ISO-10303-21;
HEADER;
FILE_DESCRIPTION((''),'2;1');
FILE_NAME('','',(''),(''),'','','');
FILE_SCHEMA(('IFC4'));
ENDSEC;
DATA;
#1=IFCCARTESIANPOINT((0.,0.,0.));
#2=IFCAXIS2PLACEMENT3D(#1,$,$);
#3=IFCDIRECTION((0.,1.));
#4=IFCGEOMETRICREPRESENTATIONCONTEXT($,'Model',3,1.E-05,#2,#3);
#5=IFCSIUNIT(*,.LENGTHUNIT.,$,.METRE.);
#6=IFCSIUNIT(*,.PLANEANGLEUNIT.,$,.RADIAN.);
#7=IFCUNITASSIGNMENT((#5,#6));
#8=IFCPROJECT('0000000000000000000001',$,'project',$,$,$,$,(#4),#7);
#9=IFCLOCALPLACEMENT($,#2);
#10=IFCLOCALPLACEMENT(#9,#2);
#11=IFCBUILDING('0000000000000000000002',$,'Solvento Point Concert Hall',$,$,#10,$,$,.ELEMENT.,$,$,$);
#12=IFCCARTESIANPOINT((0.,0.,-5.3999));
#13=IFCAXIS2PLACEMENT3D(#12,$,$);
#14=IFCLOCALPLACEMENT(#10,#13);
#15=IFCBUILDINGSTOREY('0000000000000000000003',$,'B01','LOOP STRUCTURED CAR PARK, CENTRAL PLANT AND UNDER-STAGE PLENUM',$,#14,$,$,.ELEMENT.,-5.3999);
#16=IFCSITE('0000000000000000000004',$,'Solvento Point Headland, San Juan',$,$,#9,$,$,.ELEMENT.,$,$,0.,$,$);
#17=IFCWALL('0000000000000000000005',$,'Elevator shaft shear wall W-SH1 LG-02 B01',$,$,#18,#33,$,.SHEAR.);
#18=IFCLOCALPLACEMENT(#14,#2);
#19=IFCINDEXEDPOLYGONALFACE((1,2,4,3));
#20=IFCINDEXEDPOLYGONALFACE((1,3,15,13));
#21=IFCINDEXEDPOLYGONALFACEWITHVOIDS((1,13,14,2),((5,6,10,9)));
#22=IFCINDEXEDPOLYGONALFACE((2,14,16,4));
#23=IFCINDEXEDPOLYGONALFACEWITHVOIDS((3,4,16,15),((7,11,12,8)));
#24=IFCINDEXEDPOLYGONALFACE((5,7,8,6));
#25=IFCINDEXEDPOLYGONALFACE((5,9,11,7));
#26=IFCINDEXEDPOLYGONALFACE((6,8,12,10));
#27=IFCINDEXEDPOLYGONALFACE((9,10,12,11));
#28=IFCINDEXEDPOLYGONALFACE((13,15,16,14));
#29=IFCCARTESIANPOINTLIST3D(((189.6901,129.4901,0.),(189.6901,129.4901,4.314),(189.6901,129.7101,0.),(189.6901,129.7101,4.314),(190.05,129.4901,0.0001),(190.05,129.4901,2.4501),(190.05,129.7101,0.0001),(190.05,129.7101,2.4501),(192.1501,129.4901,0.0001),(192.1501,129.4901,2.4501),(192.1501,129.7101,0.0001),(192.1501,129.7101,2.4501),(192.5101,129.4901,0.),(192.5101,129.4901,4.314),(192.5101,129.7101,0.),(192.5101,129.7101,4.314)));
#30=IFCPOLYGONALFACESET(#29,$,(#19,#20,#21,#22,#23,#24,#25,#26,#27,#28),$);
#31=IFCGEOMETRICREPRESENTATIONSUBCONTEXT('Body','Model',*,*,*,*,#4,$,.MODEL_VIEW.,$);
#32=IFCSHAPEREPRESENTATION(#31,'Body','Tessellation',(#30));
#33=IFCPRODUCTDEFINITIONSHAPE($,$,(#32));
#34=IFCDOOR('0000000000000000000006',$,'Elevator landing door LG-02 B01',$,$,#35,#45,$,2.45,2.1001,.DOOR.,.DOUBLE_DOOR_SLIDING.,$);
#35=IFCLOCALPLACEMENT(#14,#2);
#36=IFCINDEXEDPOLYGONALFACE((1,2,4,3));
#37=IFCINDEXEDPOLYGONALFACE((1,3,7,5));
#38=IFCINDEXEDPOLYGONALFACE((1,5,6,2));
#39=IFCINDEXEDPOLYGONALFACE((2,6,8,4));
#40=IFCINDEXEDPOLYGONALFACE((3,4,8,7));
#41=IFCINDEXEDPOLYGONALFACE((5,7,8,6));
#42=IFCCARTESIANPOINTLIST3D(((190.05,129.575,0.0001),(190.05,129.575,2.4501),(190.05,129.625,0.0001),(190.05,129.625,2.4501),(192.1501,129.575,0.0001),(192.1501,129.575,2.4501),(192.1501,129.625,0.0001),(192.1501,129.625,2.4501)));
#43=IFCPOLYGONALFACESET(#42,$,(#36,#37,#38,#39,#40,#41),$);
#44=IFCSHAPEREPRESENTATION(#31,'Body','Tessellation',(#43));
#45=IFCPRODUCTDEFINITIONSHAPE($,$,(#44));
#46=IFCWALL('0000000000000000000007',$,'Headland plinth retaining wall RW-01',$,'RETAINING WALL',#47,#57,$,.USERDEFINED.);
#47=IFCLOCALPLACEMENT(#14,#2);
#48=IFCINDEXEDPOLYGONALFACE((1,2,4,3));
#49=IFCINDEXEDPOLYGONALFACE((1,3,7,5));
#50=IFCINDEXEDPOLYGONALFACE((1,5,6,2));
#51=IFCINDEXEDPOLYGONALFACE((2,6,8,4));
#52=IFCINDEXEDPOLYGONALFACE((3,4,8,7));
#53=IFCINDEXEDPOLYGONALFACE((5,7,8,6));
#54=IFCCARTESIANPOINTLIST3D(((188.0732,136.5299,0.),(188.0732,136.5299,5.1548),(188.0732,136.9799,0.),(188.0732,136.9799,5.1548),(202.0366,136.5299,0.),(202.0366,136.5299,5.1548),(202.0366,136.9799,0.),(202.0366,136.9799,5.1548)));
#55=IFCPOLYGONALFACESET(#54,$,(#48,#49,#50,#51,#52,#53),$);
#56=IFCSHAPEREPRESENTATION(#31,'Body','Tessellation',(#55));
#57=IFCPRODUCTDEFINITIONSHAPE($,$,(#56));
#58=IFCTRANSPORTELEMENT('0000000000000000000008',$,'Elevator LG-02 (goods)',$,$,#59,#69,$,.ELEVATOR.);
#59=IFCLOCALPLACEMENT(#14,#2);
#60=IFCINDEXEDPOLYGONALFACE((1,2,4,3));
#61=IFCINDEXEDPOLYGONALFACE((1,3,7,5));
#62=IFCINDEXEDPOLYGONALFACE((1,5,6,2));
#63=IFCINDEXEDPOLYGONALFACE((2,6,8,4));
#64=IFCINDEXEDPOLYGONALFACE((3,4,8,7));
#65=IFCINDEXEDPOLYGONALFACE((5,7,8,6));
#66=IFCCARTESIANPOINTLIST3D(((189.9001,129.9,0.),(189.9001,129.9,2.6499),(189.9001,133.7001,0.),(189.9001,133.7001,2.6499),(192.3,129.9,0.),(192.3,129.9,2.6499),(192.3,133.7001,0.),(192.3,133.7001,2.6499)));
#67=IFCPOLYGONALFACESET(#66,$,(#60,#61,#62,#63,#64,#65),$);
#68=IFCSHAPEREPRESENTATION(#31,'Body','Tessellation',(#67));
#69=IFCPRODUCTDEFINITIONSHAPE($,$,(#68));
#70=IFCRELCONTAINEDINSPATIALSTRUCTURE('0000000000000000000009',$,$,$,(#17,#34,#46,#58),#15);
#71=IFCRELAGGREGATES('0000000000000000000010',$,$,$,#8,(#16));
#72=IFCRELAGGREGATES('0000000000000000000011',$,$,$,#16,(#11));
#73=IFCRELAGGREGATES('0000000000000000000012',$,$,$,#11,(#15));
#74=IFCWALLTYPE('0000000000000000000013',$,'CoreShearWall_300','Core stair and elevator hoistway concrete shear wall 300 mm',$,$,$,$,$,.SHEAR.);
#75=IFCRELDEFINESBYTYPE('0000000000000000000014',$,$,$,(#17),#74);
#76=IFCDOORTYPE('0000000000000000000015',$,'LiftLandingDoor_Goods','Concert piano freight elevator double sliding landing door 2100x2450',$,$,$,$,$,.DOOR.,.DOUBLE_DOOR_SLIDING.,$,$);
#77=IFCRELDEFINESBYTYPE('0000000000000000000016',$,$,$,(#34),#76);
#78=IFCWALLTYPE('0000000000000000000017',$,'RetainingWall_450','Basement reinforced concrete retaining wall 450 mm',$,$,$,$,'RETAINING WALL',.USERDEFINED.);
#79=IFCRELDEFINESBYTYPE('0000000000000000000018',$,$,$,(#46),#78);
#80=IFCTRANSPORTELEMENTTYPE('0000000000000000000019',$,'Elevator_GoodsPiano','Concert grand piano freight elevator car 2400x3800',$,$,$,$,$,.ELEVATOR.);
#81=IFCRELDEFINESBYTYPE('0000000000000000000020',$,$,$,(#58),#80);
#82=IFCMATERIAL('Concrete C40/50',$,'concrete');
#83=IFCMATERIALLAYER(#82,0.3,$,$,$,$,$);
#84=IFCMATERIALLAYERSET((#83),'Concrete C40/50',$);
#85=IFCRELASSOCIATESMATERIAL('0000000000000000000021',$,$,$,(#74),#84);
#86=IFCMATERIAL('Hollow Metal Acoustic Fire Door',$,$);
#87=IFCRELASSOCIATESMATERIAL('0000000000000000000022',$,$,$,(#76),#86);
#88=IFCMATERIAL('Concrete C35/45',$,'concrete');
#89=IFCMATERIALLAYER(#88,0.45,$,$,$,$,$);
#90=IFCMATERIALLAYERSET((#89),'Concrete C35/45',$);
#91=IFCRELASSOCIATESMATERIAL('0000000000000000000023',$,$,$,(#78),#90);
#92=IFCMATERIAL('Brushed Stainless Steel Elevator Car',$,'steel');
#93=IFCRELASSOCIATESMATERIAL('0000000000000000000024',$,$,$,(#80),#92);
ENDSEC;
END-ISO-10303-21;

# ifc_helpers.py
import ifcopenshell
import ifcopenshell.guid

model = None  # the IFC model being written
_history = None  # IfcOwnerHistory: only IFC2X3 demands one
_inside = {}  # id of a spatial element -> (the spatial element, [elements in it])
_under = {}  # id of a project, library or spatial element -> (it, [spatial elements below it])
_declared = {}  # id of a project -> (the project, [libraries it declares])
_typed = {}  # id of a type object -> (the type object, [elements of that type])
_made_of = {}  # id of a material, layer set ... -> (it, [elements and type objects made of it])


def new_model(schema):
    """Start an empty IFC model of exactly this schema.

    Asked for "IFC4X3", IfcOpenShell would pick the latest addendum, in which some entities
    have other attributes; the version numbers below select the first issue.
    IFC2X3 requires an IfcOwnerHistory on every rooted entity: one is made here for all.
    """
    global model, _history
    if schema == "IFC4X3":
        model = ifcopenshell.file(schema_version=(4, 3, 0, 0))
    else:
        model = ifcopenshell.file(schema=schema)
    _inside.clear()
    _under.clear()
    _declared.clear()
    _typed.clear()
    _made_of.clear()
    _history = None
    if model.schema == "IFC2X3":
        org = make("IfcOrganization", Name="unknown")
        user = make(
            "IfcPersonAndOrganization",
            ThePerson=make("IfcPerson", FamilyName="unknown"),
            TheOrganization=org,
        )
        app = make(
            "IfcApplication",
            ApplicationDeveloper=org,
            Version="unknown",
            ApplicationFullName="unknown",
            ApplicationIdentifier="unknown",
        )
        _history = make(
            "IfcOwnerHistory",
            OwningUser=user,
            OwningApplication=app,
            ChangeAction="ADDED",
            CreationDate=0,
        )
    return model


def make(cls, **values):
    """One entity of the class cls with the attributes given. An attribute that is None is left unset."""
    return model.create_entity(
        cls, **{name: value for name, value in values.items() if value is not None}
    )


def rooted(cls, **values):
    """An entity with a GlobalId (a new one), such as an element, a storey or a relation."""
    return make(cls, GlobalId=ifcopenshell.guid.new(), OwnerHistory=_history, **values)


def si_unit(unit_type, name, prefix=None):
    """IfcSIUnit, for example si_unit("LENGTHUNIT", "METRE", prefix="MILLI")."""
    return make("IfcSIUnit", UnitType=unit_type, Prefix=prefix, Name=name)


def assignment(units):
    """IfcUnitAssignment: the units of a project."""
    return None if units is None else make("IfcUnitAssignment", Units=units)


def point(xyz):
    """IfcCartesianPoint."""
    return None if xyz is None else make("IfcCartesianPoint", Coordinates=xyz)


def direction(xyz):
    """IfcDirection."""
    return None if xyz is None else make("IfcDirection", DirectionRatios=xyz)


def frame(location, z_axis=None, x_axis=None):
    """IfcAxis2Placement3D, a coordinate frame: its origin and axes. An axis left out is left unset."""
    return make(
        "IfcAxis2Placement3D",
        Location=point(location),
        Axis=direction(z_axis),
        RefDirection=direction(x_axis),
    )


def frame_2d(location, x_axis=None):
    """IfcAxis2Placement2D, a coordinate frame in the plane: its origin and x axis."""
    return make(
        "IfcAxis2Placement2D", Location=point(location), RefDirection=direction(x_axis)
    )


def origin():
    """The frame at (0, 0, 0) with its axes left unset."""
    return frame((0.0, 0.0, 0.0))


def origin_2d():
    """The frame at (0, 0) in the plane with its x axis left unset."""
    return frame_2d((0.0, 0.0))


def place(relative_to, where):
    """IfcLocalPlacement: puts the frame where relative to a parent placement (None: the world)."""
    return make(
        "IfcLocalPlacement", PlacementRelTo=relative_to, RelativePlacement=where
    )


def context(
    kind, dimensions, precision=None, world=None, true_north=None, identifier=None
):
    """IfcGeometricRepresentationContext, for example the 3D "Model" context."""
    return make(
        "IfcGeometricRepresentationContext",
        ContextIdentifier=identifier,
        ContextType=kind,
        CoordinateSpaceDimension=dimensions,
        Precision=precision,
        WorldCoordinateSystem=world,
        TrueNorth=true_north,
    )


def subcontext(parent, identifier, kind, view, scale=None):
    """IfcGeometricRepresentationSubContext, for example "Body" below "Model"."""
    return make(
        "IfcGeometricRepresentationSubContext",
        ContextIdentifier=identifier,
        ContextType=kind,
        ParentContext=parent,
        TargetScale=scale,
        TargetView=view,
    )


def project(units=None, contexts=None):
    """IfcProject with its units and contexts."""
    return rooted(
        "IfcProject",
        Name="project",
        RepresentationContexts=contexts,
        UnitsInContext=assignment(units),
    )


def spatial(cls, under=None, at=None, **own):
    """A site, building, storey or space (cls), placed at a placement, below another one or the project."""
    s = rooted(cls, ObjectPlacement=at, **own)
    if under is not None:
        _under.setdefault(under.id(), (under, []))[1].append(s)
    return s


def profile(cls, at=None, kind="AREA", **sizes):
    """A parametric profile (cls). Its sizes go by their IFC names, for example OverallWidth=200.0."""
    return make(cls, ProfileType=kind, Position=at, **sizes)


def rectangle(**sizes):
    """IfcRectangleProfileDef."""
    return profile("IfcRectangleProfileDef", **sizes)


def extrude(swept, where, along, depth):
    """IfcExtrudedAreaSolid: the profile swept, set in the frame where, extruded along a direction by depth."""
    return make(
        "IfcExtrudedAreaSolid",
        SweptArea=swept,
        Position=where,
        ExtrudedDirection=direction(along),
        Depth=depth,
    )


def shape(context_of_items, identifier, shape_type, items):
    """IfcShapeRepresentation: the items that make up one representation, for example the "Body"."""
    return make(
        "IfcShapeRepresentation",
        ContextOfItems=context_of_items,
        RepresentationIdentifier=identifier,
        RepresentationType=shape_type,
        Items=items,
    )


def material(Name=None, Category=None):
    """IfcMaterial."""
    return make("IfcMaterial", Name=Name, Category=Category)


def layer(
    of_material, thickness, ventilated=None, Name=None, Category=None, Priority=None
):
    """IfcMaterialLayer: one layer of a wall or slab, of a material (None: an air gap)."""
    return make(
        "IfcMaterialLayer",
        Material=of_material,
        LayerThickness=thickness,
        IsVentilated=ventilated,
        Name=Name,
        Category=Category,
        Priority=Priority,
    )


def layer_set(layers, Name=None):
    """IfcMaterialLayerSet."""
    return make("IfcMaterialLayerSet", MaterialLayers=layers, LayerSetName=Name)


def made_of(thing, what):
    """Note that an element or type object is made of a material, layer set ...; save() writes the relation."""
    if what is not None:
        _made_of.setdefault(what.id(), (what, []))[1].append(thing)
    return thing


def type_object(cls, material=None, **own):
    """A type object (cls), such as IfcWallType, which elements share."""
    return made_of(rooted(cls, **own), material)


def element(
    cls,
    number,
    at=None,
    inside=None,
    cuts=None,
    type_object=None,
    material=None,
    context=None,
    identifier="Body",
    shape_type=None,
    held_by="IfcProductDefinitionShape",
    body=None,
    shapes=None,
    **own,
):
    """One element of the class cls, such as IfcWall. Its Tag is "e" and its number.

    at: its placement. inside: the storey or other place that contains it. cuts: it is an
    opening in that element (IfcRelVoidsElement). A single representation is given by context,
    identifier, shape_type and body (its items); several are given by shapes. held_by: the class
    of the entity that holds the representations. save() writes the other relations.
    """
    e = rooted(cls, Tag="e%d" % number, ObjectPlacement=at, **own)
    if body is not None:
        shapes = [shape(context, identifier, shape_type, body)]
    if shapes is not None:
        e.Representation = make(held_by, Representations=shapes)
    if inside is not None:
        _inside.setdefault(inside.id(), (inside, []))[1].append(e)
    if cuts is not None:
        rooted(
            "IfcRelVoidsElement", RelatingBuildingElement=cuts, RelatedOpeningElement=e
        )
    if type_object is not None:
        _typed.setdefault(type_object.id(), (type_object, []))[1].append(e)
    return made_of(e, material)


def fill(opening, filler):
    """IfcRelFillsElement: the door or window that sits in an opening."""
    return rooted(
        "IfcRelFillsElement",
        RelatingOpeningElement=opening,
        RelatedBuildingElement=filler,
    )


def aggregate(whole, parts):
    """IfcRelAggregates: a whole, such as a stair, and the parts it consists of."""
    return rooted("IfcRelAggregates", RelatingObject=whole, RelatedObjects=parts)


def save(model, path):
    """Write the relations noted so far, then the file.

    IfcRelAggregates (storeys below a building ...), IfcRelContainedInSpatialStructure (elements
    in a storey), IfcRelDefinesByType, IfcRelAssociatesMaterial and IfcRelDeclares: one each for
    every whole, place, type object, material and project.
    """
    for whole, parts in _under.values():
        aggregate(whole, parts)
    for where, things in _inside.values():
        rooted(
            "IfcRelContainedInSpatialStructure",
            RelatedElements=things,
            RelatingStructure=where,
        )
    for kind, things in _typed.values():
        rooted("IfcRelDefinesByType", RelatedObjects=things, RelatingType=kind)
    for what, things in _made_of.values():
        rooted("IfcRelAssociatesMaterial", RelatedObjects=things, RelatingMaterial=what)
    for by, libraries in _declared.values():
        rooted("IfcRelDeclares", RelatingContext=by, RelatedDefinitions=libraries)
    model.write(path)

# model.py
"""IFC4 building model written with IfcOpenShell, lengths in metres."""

from ifc_helpers import new_model, si_unit, direction, frame, frame_2d, origin, origin_2d, place, context, subcontext, project, spatial, rectangle, extrude, material, layer, layer_set, type_object, element, fill, save


model = new_model("IFC4")

# Units and contexts
model_context = context("Model", 3, precision=1e-05, world=origin(), true_north=direction((0.0, 1.0)))
body_context = subcontext(model_context, "Body", "Model", "MODEL_VIEW")
ifc_project = project(units=[si_unit("LENGTHUNIT", "METRE"), si_unit("PLANEANGLEUNIT", "RADIAN")], contexts=[model_context])

# Site, building, storey
site_placement = place(None, origin())
site = spatial("IfcSite", under=ifc_project, at=site_placement, Name="Solvento Point Headland, San Juan", CompositionType="ELEMENT", RefElevation=0.0)
building_placement = place(site_placement, origin())
building = spatial("IfcBuilding", under=site, at=building_placement, Name="Solvento Point Concert Hall", CompositionType="ELEMENT")
storey_placement = place(building_placement, frame((0.0, 0.0, -5.3999)))
storey = spatial("IfcBuildingStorey", under=building, at=storey_placement, Name="B01", Description="LOOP STRUCTURED CAR PARK, CENTRAL PLANT AND UNDER-STAGE PLENUM", CompositionType="ELEMENT", Elevation=-5.3999)

# Wall, opening, door
ifc_material_1 = material(Name="Concrete C40/50", Category="concrete")
ifc_layer_1 = layer(ifc_material_1, 0.3)
ifc_layer_set_1 = layer_set([ifc_layer_1], Name="Concrete C40/50")
wall_type_1 = type_object("IfcWallType", Name="CoreShearWall_300", Description="Core stair and elevator hoistway concrete shear wall 300 mm", PredefinedType="SHEAR", material=ifc_layer_set_1)
wall_1_placement = place(storey_placement, frame((189.6899, 129.6001, 0.0), z_axis=(0.0, 0.0, 1.0), x_axis=(1.0, 0.0, 0.0)))
wall_1 = element("IfcWall", 1, at=wall_1_placement, inside=storey, type_object=wall_type_1, Name="Elevator shaft shear wall W-SH1 LG-02 B01", PredefinedType="SHEAR", context=body_context, shape_type="SweptSolid", body=[
    extrude(rectangle(XDim=2.8201, YDim=0.22, at=frame_2d((1.4102, 0.0))), origin(), (0.0, 0.0, 1.0), 4.314),
])
opening_placement = place(wall_1_placement, frame((0.3601, 0.0, 0.0)))
opening = element("IfcOpeningElement", 2, at=opening_placement, cuts=wall_1, PredefinedType="OPENING", context=body_context, shape_type="SweptSolid", body=[
    extrude(rectangle(XDim=2.1001, YDim=2.45, at=frame_2d((1.05, 1.2251))), frame((0.0, 0.1199, 0.0), z_axis=(0.0, -1.0, 0.0), x_axis=(1.0, 0.0, 0.0)), (0.0, 0.0, 1.0), 0.24),
])
ifc_material_2 = material(Name="Hollow Metal Acoustic Fire Door")
door_type = type_object("IfcDoorType", Name="LiftLandingDoor_Goods", Description="Concert piano freight elevator double sliding landing door 2100x2450", OperationType="DOUBLE_DOOR_SLIDING", PredefinedType="DOOR", material=ifc_material_2)
door_placement = place(opening_placement, origin())
door = element("IfcDoor", 3, at=door_placement, inside=storey, type_object=door_type, Name="Elevator landing door LG-02 B01", OperationType="DOUBLE_DOOR_SLIDING", OverallHeight=2.45, OverallWidth=2.1001, PredefinedType="DOOR", context=body_context, shape_type="SweptSolid", body=[
    extrude(rectangle(XDim=2.1001, YDim=2.45, at=frame_2d((1.05, 1.2251))), frame((0.0, 0.0249, 0.0), z_axis=(0.0, -1.0, 0.0), x_axis=(1.0, 0.0, 0.0)), (0.0, 0.0, 1.0), 0.05),
])
fill(opening, door)

# Wall
ifc_material_3 = material(Name="Concrete C35/45", Category="concrete")
ifc_layer_2 = layer(ifc_material_3, 0.45)
ifc_layer_set_2 = layer_set([ifc_layer_2], Name="Concrete C35/45")
wall_type_2 = type_object("IfcWallType", Name="RetainingWall_450", Description="Basement reinforced concrete retaining wall 450 mm", ElementType="RETAINING WALL", PredefinedType="USERDEFINED", material=ifc_layer_set_2)
wall_2_placement = place(storey_placement, frame((188.0732, 136.7549, 0.0), z_axis=(0.0, 0.0, 1.0), x_axis=(1.0, 0.0, 0.0)))
element("IfcWall", 4, at=wall_2_placement, inside=storey, type_object=wall_type_2, Name="Headland plinth retaining wall RW-01", ObjectType="RETAINING WALL", PredefinedType="USERDEFINED", context=body_context, shape_type="SweptSolid", body=[
    extrude(rectangle(XDim=13.9634, YDim=0.45, at=frame_2d((6.9817, 0.0))), origin(), (0.0, 0.0, 1.0), 5.1548),
])

# Transport element
ifc_material_4 = material(Name="Brushed Stainless Steel Elevator Car", Category="steel")
transport_element_type = type_object("IfcTransportElementType", Name="Elevator_GoodsPiano", Description="Concert grand piano freight elevator car 2400x3800", PredefinedType="ELEVATOR", material=ifc_material_4)
transport_element_placement = place(storey_placement, frame((191.1001, 131.8, 0.0), z_axis=(0.0, 0.0, 1.0), x_axis=(1.0, 0.0, 0.0)))
element("IfcTransportElement", 5, at=transport_element_placement, inside=storey, type_object=transport_element_type, Name="Elevator LG-02 (goods)", PredefinedType="ELEVATOR", context=body_context, shape_type="SweptSolid", body=[
    extrude(rectangle(XDim=2.3999, YDim=3.8, at=origin_2d()), origin(), (0.0, 0.0, 1.0), 2.6499),
])

save(model, "model.ifc")
